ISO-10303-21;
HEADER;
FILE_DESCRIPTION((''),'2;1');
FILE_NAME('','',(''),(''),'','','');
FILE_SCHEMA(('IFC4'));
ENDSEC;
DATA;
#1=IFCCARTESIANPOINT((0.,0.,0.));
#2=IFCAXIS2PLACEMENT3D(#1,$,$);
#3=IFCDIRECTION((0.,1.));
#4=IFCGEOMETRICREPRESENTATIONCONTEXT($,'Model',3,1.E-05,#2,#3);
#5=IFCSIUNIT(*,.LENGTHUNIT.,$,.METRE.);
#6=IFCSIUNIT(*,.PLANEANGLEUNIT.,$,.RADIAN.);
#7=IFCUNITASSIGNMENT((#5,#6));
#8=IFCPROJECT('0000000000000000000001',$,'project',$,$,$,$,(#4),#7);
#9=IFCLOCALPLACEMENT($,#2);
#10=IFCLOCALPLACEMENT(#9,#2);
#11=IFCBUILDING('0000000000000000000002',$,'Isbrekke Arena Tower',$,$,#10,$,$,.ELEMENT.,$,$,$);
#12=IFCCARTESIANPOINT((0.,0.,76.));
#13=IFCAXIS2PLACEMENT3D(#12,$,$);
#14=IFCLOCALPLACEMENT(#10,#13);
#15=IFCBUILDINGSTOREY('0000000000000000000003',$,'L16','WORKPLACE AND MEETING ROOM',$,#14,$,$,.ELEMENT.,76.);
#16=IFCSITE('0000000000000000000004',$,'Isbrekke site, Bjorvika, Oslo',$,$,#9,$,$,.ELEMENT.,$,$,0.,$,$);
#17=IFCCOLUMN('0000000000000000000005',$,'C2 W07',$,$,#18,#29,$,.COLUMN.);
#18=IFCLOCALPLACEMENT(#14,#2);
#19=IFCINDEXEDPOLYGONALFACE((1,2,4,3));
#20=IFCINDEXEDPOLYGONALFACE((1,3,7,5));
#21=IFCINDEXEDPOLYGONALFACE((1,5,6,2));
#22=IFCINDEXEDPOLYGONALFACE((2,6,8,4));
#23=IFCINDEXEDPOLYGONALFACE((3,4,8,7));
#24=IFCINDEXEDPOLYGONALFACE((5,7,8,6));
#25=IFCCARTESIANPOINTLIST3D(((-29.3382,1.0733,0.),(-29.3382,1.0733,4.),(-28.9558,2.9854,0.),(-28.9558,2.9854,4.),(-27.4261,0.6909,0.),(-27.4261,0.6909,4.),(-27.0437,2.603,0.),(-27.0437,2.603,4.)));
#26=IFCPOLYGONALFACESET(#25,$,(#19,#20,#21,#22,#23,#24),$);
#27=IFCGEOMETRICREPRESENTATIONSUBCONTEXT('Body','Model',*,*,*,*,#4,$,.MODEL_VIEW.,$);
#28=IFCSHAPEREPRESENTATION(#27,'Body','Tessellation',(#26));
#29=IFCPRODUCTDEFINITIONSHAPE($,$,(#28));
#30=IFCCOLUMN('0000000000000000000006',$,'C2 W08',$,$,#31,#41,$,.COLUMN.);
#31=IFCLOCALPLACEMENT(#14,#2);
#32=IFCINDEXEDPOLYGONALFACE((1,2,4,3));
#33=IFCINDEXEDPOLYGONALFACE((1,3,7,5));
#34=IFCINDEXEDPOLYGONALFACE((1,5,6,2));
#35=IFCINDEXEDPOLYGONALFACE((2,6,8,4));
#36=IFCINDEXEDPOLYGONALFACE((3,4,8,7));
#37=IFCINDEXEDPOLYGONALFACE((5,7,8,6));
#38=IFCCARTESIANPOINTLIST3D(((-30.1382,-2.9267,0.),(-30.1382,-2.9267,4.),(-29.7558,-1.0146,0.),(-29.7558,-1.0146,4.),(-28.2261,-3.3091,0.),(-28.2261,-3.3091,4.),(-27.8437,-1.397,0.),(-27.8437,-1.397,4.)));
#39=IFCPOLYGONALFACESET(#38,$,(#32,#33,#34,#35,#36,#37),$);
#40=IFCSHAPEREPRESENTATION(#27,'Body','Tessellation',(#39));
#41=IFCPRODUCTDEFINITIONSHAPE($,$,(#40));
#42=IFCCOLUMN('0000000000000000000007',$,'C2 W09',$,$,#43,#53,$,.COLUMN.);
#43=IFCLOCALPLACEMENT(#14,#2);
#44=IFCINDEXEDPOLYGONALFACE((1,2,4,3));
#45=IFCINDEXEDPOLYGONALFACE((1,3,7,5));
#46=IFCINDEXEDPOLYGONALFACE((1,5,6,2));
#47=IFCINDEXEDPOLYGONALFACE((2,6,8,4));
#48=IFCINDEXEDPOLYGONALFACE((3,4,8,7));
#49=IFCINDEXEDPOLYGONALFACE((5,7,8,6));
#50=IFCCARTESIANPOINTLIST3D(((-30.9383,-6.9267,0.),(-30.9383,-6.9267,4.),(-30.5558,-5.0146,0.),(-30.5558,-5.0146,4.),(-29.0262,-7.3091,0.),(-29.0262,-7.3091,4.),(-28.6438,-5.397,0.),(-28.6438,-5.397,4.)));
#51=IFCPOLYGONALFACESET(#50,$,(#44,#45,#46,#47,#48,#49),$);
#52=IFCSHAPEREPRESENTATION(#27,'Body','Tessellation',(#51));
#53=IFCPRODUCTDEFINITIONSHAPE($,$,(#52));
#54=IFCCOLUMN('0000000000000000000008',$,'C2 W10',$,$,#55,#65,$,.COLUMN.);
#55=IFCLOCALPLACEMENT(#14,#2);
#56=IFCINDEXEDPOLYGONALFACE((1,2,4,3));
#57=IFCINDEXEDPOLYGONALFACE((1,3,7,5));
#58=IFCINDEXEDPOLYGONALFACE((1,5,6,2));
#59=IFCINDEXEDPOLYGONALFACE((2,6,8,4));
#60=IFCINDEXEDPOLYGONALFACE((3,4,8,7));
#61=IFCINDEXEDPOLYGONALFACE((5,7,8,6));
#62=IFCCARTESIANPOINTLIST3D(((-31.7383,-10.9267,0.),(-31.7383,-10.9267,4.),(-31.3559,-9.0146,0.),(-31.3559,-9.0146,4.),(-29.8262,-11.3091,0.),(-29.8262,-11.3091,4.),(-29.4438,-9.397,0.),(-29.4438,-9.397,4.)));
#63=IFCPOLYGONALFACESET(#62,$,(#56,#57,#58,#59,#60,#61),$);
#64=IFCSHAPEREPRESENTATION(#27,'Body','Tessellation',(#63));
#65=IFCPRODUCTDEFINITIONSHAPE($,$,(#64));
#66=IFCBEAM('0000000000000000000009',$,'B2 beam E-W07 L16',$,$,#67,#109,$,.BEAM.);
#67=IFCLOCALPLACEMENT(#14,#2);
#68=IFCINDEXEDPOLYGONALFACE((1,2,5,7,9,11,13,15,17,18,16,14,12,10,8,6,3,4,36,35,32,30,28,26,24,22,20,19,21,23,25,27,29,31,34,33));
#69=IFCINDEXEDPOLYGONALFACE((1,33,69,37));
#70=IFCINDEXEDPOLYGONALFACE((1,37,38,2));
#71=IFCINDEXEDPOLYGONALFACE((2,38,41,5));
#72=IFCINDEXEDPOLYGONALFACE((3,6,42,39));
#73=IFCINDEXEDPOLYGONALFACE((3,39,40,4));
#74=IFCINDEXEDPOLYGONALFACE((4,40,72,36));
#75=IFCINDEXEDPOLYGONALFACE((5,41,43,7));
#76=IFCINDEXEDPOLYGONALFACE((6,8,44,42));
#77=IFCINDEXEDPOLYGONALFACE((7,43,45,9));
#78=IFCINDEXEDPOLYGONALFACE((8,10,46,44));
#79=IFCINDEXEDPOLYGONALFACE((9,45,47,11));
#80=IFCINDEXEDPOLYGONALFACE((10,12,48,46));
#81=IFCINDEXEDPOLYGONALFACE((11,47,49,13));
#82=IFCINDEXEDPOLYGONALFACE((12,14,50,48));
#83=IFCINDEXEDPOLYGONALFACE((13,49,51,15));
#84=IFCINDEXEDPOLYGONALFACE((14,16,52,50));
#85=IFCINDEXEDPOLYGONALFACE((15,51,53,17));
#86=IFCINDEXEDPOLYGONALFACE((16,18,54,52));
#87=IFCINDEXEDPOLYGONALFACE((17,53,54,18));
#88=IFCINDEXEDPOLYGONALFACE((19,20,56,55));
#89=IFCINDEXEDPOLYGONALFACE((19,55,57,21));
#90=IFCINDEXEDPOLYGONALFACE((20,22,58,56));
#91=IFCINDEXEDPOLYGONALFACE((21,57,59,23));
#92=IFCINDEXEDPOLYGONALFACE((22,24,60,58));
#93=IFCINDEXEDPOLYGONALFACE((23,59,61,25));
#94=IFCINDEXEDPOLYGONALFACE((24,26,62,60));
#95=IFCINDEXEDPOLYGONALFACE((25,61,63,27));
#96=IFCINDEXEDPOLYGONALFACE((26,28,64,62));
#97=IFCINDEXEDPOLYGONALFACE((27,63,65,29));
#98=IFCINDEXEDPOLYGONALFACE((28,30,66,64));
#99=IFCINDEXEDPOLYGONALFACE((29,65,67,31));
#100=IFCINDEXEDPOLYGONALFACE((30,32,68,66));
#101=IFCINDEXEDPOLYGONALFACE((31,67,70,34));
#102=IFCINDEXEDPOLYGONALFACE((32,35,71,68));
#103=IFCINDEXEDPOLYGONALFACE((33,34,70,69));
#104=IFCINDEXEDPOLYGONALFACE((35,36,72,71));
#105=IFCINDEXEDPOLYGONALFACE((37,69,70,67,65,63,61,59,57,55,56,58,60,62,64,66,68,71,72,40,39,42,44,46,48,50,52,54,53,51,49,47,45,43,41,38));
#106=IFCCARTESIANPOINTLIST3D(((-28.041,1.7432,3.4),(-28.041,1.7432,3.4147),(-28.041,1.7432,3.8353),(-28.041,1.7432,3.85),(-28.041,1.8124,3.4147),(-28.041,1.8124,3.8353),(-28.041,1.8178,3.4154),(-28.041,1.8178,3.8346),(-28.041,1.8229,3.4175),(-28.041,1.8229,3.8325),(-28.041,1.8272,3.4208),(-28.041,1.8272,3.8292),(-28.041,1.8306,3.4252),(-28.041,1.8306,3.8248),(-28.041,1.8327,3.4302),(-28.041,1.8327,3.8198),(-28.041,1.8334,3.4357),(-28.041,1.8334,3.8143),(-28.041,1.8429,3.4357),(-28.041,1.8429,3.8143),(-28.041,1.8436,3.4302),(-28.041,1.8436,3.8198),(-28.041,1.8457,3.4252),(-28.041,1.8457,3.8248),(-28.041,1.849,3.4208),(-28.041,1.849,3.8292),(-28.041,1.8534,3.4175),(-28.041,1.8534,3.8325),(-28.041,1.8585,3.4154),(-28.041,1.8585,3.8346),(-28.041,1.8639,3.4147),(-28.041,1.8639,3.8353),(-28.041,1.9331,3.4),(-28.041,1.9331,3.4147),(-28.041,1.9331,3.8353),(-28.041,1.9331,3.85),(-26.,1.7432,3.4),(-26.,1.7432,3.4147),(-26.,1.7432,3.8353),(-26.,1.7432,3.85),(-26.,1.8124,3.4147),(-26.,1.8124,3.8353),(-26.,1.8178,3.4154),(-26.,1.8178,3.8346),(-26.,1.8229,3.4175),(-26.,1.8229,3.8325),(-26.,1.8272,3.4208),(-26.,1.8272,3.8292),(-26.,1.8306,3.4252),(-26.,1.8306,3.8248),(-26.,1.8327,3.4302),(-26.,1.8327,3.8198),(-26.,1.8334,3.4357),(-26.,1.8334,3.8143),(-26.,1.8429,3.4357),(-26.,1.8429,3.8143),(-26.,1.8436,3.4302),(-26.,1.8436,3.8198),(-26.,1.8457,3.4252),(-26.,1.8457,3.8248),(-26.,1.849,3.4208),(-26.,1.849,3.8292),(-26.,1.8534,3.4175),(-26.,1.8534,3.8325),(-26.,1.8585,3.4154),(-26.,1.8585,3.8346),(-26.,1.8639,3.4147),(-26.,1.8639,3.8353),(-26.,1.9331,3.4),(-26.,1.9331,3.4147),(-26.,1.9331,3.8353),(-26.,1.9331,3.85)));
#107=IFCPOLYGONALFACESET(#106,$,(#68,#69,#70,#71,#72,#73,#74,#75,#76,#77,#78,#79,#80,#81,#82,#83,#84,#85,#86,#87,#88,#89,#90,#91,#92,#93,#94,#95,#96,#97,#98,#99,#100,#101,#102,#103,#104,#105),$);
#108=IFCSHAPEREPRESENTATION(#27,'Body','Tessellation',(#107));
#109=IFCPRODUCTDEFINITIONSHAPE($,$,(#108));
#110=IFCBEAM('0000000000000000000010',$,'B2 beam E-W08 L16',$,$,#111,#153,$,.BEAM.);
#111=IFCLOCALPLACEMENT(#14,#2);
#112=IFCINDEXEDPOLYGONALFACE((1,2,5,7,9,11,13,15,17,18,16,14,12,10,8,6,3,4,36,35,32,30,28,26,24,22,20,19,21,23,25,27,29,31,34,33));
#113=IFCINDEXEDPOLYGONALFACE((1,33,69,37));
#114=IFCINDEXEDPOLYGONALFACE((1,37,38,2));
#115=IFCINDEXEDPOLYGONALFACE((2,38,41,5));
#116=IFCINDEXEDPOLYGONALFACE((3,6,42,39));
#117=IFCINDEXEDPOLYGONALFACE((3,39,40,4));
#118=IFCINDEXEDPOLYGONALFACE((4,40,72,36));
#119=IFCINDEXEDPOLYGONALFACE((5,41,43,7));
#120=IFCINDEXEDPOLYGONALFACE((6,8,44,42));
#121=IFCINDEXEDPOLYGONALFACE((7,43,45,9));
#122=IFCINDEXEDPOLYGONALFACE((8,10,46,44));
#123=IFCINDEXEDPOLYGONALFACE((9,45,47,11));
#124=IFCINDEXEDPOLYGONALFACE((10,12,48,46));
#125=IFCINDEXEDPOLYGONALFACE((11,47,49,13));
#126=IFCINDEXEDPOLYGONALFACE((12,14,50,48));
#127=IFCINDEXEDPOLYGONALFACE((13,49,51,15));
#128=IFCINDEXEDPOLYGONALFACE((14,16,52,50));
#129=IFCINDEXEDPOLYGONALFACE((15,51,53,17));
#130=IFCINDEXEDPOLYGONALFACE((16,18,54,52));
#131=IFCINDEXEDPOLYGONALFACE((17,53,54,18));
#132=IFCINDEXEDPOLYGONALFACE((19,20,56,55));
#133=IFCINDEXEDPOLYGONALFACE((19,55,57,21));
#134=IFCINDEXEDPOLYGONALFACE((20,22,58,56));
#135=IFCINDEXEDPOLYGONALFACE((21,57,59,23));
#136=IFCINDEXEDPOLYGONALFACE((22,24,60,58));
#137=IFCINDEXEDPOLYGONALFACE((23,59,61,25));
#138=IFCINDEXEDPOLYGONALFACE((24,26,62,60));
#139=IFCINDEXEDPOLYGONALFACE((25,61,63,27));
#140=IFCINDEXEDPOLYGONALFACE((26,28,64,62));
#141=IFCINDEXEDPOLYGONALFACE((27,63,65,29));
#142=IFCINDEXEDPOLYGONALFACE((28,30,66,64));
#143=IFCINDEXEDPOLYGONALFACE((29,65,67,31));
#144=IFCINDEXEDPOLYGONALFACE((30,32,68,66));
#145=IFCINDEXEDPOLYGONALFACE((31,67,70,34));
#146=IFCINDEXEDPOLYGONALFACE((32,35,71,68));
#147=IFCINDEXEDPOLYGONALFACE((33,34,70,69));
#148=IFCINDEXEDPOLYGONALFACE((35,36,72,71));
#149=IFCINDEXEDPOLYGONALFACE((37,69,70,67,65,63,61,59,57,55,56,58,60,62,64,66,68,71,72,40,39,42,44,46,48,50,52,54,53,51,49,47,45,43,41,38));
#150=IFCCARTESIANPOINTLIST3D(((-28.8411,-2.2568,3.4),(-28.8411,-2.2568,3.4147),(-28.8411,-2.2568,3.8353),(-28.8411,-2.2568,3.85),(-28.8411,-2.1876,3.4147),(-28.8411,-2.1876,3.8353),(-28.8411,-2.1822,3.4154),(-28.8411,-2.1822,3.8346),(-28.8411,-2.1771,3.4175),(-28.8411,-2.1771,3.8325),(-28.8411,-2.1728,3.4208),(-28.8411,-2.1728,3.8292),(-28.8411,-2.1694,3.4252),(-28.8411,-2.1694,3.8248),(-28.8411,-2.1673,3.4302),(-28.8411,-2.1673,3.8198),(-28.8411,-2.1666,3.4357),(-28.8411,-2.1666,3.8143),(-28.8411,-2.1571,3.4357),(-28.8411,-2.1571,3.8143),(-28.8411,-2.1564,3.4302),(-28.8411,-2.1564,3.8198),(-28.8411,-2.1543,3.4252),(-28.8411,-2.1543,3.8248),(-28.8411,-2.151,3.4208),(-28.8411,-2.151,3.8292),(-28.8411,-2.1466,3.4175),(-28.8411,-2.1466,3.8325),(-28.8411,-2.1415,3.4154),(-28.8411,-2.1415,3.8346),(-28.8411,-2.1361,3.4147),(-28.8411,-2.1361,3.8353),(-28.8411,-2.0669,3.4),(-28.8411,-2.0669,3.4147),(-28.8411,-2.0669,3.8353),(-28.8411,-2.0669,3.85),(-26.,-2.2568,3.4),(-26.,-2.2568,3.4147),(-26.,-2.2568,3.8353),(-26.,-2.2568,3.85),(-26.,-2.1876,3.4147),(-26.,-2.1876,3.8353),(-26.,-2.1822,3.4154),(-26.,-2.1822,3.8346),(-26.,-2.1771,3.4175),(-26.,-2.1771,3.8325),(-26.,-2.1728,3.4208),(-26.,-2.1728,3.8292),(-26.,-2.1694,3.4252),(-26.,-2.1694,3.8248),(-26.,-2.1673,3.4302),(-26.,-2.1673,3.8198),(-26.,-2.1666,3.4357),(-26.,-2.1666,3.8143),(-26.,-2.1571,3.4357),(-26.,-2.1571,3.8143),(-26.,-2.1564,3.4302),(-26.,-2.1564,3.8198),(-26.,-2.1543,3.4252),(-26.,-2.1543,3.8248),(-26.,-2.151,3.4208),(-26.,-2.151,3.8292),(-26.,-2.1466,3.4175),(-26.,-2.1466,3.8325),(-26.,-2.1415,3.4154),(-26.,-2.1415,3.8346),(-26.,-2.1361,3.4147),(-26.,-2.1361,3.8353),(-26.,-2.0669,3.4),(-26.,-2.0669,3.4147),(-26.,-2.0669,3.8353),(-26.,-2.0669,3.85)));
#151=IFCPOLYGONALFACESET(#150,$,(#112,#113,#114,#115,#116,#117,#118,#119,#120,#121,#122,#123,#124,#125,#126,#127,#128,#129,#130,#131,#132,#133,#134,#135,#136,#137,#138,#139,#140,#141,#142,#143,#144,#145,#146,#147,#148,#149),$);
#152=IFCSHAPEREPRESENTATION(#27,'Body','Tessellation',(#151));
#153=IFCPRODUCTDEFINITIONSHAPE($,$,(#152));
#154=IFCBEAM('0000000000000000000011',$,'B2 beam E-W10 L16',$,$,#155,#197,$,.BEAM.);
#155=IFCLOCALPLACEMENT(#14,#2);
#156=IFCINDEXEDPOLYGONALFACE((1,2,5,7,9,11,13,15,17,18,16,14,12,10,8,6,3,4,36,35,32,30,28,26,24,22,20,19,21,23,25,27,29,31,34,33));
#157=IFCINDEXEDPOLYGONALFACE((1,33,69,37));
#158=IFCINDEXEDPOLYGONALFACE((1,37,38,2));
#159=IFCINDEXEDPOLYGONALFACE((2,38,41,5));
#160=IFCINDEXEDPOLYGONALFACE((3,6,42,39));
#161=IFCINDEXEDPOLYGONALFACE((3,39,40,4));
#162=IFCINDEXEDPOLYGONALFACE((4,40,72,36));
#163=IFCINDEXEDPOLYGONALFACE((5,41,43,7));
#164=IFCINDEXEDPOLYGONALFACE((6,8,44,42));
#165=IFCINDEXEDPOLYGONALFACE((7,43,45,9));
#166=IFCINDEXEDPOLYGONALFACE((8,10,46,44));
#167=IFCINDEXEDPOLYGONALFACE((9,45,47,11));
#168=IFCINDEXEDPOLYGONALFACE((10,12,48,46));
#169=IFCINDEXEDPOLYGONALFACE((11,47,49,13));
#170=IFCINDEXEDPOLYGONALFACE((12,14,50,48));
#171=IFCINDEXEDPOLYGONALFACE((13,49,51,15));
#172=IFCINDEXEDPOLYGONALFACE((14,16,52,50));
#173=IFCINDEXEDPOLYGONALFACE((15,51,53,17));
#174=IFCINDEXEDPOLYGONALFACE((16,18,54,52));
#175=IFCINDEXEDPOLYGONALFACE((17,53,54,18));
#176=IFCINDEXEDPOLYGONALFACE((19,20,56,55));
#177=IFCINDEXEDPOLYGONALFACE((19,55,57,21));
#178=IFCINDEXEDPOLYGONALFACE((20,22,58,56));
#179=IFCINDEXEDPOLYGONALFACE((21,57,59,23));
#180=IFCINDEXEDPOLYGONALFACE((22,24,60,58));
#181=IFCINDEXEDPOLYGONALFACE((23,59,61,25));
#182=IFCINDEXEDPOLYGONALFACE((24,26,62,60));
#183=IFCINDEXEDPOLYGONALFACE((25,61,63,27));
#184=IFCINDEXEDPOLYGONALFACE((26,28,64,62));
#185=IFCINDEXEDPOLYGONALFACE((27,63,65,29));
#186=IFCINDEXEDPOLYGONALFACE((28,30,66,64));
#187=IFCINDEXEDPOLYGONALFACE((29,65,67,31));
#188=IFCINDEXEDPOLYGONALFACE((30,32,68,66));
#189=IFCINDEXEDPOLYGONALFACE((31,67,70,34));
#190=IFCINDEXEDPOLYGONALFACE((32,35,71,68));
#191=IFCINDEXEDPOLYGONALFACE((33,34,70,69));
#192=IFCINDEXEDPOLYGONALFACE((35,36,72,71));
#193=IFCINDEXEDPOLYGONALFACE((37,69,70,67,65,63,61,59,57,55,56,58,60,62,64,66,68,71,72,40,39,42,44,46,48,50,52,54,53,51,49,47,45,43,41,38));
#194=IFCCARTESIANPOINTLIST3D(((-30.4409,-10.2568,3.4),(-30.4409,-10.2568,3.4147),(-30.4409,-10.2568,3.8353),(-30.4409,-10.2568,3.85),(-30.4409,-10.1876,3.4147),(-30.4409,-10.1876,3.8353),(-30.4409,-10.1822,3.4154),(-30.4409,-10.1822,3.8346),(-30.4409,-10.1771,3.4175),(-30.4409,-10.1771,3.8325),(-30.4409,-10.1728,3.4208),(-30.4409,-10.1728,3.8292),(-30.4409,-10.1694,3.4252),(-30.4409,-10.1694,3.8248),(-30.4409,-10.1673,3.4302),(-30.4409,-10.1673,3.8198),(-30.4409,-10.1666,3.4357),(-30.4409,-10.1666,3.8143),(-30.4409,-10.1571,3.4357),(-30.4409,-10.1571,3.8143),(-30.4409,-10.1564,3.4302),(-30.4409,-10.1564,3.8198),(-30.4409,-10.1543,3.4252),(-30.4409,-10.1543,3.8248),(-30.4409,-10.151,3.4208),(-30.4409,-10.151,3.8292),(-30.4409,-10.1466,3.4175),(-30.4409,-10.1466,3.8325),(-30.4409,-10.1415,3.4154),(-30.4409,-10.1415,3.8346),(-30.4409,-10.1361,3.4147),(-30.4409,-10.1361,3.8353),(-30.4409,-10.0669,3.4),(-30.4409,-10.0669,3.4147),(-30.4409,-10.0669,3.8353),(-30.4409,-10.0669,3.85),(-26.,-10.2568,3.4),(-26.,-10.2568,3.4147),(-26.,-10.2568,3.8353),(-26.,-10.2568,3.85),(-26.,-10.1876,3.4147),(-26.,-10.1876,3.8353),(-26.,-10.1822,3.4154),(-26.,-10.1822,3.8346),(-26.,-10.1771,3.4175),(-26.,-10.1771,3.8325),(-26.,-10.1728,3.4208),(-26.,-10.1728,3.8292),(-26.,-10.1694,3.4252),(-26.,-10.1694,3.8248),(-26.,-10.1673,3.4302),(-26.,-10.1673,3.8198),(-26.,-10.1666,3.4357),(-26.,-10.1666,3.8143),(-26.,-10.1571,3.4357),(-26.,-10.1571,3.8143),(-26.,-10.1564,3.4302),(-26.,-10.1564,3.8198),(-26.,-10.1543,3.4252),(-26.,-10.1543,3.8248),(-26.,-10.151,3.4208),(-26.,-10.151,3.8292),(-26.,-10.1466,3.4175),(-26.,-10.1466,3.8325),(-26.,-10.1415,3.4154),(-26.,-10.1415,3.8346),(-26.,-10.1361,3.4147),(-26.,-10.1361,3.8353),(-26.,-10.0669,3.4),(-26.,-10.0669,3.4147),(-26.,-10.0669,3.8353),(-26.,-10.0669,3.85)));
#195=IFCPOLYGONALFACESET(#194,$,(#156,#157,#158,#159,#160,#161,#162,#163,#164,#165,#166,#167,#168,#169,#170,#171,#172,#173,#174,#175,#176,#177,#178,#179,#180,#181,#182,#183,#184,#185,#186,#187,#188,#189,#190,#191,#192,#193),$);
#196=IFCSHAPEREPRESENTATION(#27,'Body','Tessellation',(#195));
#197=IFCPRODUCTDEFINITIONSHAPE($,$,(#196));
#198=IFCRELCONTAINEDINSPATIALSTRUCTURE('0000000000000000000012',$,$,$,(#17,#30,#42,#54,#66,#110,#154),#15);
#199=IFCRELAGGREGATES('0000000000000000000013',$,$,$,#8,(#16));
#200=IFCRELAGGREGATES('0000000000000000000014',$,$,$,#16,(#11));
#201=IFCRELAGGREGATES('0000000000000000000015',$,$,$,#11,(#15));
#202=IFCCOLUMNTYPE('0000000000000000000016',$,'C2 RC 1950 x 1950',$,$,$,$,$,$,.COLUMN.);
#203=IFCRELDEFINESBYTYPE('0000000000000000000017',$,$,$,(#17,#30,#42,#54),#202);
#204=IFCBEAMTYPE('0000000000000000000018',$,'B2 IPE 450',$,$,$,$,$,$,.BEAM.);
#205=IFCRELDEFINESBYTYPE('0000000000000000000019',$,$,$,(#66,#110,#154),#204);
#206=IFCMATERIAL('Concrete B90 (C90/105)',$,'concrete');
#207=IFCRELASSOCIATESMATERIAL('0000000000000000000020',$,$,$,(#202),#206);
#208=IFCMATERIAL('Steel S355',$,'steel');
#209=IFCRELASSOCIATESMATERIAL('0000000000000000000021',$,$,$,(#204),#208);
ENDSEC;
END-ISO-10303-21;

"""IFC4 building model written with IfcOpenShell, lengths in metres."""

from ifc_helpers import new_model, si_unit, direction, frame, origin, origin_2d, place, context, subcontext, project, spatial, rectangle, i_section, extrude, material, material_profile, profile_set, type_object, element, save


model = new_model("IFC4")

# Units and contexts
model_context = context("Model", 3, precision=1e-05, world=origin(), true_north=direction((0.0, 1.0)))
body_context = subcontext(model_context, "Body", "Model", "MODEL_VIEW")
ifc_project = project(units=[si_unit("LENGTHUNIT", "METRE"), si_unit("PLANEANGLEUNIT", "RADIAN")], contexts=[model_context])

# Site, building, storey
site_placement = place(None, origin())
site = spatial("IfcSite", under=ifc_project, at=site_placement, Name="Isbrekke site, Bjorvika, Oslo", CompositionType="ELEMENT", RefElevation=0.0)
building_placement = place(site_placement, origin())
building = spatial("IfcBuilding", under=site, at=building_placement, Name="Isbrekke Arena Tower", CompositionType="ELEMENT")
storey_placement = place(building_placement, frame((0.0, 0.0, 76.0)))
storey = spatial("IfcBuildingStorey", under=building, at=storey_placement, Name="L16", Description="WORKPLACE AND MEETING ROOM", CompositionType="ELEMENT", Elevation=76.0)

# Columns
ifc_material_1 = material(Name="Concrete B90 (C90/105)", Category="concrete")
ifc_material_profile_1 = material_profile(ifc_material_1, rectangle(XDim=1.95, YDim=1.95, at=origin_2d()), Name="RC 1950x1950")
ifc_profile_set_1 = profile_set([ifc_material_profile_1], Name="Concrete B90 (C90/105)")
column_type = type_object("IfcColumnType", Name="C2 RC 1950 x 1950", PredefinedType="COLUMN", material=ifc_profile_set_1)
for number, where, z_axis, x_axis, name in (
    (1, (-28.1909, 1.8381, 0.0), (0.0, 0.0, 1.0), (-0.196116, -0.980581, 0.0), "C2 W07"),
    (2, (-28.991, -2.1619, 0.0), (0.0, 0.0, 1.0), (-0.196116, -0.980581, 0.0), "C2 W08"),
    (3, (-29.791, -6.1619, 0.0), (0.0, 0.0, 1.0), (-0.196116, -0.980581, 0.0), "C2 W09"),
    (4, (-30.5911, -10.1619, 0.0), (0.0, 0.0, 1.0), (-0.196116, -0.980581, 0.0), "C2 W10"),
):
    element("IfcColumn", number, at=place(storey_placement, frame(where, z_axis=z_axis, x_axis=x_axis)), inside=storey, type_object=column_type, Name=name, PredefinedType="COLUMN", context=body_context, shape_type="SweptSolid", body=[
        extrude(rectangle(XDim=1.95, YDim=1.95, at=origin_2d()), origin(), (0.0, 0.0, 1.0), 4.0),
    ])

# Beams
ifc_material_2 = material(Name="Steel S355", Category="steel")
ifc_material_profile_2 = material_profile(ifc_material_2, i_section(OverallWidth=0.1899, OverallDepth=0.45, WebThickness=0.0095, FlangeThickness=0.0146, FilletRadius=0.021, at=origin_2d()), Name="IPE 450")
ifc_profile_set_2 = profile_set([ifc_material_profile_2], Name="Steel S355")
beam_type_1 = type_object("IfcBeamType", Name="B2 IPE 450", PredefinedType="BEAM", material=ifc_profile_set_2)
beam_1_placement = place(storey_placement, frame((-28.041, 1.8381, 3.625), z_axis=(1.0, 0.0, 0.0), x_axis=(0.0, 1.0, 0.0)))
element("IfcBeam", 5, at=beam_1_placement, inside=storey, type_object=beam_type_1, Name="B2 beam E-W07 L16", PredefinedType="BEAM", context=body_context, shape_type="SweptSolid", body=[
    extrude(i_section(OverallWidth=0.1899, OverallDepth=0.45, WebThickness=0.0095, FlangeThickness=0.0146, FilletRadius=0.021, at=origin_2d()), origin(), (0.0, 0.0, 1.0), 2.041),
])
beam_2_placement = place(storey_placement, frame((-28.8411, -2.1619, 3.625), z_axis=(1.0, 0.0, 0.0), x_axis=(0.0, 1.0, 0.0)))
element("IfcBeam", 6, at=beam_2_placement, inside=storey, type_object=beam_type_1, Name="B2 beam E-W08 L16", PredefinedType="BEAM", context=body_context, shape_type="SweptSolid", body=[
    extrude(i_section(OverallWidth=0.1899, OverallDepth=0.45, WebThickness=0.0095, FlangeThickness=0.0146, FilletRadius=0.021, at=origin_2d()), origin(), (0.0, 0.0, 1.0), 2.8411),
])
beam_3_placement = place(storey_placement, frame((-30.4409, -10.1619, 3.625), z_axis=(1.0, 0.0, 0.0), x_axis=(0.0, 1.0, 0.0)))
element("IfcBeam", 7, at=beam_3_placement, inside=storey, type_object=beam_type_1, Name="B2 beam E-W10 L16", PredefinedType="BEAM", context=body_context, shape_type="SweptSolid", body=[
    extrude(i_section(OverallWidth=0.1899, OverallDepth=0.45, WebThickness=0.0095, FlangeThickness=0.0146, FilletRadius=0.021, at=origin_2d()), origin(), (0.0, 0.0, 1.0), 4.4409),
])

save(model, "model.ifc")
